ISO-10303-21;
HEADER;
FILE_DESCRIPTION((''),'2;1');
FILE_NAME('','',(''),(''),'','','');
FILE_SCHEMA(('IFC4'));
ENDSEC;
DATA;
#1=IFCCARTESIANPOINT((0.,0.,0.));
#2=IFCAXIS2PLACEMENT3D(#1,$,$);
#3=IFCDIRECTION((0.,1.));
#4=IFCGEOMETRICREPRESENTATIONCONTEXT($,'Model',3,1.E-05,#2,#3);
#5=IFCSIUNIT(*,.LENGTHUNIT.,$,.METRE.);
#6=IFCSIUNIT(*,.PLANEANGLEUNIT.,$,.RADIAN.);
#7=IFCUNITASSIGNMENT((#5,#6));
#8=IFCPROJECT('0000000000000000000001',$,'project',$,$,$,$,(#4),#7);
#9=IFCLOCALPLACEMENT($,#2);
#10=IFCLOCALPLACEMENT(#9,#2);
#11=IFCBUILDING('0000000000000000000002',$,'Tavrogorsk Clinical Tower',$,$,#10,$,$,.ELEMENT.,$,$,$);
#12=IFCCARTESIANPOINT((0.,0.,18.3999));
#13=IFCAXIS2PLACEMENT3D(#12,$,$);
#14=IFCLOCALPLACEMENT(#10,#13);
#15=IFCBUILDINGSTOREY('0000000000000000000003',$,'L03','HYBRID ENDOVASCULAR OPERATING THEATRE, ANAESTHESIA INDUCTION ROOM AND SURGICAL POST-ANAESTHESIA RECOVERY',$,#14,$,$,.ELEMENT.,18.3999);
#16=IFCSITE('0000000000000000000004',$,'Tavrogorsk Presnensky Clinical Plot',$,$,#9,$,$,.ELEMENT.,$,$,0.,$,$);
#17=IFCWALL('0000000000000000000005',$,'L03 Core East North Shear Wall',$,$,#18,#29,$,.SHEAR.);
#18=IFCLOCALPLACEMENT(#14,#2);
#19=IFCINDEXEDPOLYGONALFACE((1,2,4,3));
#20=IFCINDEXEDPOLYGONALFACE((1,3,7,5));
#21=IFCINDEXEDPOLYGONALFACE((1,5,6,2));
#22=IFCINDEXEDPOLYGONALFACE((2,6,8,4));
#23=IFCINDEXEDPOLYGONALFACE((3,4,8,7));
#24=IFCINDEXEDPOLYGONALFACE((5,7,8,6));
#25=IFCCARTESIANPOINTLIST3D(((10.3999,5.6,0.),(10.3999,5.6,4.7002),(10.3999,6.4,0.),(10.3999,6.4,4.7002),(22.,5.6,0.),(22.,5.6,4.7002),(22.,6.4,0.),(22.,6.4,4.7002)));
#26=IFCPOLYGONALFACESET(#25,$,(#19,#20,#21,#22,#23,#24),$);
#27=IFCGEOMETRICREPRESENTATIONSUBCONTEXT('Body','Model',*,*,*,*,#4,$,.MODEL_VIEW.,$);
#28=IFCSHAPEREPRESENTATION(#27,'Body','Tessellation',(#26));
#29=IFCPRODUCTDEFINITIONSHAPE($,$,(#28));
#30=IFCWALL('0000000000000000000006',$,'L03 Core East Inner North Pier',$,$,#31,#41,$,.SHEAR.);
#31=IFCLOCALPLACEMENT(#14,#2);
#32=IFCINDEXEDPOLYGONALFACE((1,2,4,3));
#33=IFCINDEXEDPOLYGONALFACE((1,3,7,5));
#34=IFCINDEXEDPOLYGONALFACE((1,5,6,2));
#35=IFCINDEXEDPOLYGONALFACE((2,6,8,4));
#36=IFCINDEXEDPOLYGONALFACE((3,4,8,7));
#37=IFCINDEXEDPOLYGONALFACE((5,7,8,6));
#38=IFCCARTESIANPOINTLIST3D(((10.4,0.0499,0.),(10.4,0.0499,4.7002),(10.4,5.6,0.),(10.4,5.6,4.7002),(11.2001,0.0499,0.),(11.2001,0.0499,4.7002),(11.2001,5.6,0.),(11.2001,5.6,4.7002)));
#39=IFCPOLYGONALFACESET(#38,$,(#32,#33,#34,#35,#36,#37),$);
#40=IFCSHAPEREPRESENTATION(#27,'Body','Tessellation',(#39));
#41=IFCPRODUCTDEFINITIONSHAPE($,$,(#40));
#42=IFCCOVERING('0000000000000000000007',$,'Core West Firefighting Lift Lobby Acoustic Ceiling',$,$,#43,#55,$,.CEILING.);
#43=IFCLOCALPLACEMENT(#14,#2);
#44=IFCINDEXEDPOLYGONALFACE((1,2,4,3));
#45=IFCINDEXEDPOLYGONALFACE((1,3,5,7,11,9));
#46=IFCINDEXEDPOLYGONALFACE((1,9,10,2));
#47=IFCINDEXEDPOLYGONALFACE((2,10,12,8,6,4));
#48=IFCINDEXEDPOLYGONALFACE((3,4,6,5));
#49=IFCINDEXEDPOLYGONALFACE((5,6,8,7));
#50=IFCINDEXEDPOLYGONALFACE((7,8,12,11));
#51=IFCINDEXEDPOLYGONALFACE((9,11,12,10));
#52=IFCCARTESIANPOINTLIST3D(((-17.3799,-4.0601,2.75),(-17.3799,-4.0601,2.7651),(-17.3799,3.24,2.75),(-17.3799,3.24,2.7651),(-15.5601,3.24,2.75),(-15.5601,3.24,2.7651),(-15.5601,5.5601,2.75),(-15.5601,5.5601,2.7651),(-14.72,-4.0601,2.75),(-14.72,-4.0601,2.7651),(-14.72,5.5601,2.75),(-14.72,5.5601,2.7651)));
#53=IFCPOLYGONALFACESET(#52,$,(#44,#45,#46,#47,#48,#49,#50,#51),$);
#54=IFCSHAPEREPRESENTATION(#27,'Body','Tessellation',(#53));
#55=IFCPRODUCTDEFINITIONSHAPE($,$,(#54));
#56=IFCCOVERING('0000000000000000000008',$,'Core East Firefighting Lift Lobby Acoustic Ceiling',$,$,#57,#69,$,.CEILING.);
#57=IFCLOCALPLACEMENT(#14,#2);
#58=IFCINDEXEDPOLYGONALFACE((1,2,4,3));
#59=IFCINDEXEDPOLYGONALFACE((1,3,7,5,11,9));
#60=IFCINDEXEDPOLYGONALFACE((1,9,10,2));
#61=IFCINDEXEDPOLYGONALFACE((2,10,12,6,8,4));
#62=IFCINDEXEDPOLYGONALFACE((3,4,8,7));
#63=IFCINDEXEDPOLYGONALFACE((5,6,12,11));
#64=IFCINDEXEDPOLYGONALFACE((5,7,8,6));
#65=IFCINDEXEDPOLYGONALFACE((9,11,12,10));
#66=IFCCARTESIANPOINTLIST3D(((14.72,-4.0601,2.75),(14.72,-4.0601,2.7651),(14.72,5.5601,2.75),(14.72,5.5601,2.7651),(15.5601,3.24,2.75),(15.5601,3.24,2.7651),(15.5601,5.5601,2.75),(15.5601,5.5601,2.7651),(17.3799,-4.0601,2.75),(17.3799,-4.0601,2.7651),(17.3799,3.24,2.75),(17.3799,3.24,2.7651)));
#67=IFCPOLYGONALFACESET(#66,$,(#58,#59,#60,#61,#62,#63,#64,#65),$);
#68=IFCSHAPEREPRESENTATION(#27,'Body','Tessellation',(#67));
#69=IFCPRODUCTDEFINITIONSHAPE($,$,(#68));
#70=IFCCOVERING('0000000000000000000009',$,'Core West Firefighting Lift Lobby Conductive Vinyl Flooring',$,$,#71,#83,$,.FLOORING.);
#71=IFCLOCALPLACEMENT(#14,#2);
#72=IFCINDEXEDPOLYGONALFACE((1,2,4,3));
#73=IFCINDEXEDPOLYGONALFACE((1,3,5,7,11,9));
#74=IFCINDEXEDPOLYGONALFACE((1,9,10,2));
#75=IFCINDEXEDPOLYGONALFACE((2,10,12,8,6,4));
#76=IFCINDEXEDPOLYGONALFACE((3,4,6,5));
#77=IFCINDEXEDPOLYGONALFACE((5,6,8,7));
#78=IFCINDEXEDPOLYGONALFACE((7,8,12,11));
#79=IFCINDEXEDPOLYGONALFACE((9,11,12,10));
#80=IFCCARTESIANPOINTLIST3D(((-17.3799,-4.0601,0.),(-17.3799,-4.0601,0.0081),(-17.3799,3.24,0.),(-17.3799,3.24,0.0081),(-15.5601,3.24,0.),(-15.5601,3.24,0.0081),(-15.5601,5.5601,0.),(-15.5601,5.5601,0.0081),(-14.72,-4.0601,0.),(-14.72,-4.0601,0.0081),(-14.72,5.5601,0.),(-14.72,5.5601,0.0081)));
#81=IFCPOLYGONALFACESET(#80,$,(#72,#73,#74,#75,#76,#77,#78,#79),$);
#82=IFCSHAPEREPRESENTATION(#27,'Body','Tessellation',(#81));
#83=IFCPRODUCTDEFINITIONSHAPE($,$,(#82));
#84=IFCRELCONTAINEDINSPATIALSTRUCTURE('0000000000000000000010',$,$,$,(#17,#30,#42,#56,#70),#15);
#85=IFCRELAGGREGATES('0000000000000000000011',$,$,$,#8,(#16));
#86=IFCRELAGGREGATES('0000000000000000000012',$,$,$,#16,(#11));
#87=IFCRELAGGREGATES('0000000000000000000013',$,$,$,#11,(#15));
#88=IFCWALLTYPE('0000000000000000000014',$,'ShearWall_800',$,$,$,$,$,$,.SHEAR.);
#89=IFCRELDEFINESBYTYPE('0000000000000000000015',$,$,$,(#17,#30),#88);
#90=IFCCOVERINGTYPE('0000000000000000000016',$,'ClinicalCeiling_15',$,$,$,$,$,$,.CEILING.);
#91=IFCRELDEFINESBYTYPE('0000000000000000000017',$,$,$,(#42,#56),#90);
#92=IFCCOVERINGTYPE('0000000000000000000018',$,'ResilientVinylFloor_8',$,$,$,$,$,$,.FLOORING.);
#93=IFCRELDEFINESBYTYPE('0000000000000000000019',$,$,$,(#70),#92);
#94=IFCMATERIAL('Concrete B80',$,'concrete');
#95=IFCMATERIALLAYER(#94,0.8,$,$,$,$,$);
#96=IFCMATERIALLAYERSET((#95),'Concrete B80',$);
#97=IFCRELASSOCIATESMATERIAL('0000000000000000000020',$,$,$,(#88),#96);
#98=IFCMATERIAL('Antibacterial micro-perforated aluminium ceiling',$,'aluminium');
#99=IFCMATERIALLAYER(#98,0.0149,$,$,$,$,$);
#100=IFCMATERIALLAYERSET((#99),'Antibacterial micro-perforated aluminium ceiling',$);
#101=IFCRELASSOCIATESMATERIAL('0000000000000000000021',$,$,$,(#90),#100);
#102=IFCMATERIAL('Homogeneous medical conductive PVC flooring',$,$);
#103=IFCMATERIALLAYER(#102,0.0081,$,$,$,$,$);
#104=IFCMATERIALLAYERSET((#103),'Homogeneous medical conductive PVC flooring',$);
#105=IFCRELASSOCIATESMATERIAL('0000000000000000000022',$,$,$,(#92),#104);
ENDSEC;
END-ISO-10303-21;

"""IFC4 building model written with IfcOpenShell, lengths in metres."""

from ifc_helpers import new_model, si_unit, direction, frame, frame_2d, origin, place, context, subcontext, project, spatial, polyline, rectangle, outline, extrude, material, layer, layer_set, type_object, element, save


model = new_model("IFC4")

# Units and contexts
model_context = context("Model", 3, precision=1e-05, world=origin(), true_north=direction((0.0, 1.0)))
body_context = subcontext(model_context, "Body", "Model", "MODEL_VIEW")
ifc_project = project(units=[si_unit("LENGTHUNIT", "METRE"), si_unit("PLANEANGLEUNIT", "RADIAN")], contexts=[model_context])

# Site, building, storey
site_placement = place(None, origin())
site = spatial("IfcSite", under=ifc_project, at=site_placement, Name="Tavrogorsk Presnensky Clinical Plot", CompositionType="ELEMENT", RefElevation=0.0)
building_placement = place(site_placement, origin())
building = spatial("IfcBuilding", under=site, at=building_placement, Name="Tavrogorsk Clinical Tower", CompositionType="ELEMENT")
storey_placement = place(building_placement, frame((0.0, 0.0, 18.3999)))
storey = spatial("IfcBuildingStorey", under=building, at=storey_placement, Name="L03", Description="HYBRID ENDOVASCULAR OPERATING THEATRE, ANAESTHESIA INDUCTION ROOM AND SURGICAL POST-ANAESTHESIA RECOVERY", CompositionType="ELEMENT", Elevation=18.3999)

# Walls
ifc_material_1 = material(Name="Concrete B80", Category="concrete")
ifc_layer_1 = layer(ifc_material_1, 0.8)
ifc_layer_set_1 = layer_set([ifc_layer_1], Name="Concrete B80")
wall_type_1 = type_object("IfcWallType", Name="ShearWall_800", PredefinedType="SHEAR", material=ifc_layer_set_1)
wall_1_placement = place(storey_placement, frame((10.3999, 6.0, 0.0), z_axis=(0.0, 0.0, 1.0), x_axis=(1.0, 0.0, 0.0)))
element("IfcWall", 1, at=wall_1_placement, inside=storey, type_object=wall_type_1, Name="L03 Core East North Shear Wall", PredefinedType="SHEAR", context=body_context, shape_type="SweptSolid", body=[
    extrude(rectangle(XDim=11.6001, YDim=0.8, at=frame_2d((5.8, 0.0))), origin(), (0.0, 0.0, 1.0), 4.7002),
])
wall_2_placement = place(storey_placement, frame((10.8, 0.05, 0.0), z_axis=(0.0, 0.0, 1.0), x_axis=(0.0, 1.0, 0.0)))
element("IfcWall", 2, at=wall_2_placement, inside=storey, type_object=wall_type_1, Name="L03 Core East Inner North Pier", PredefinedType="SHEAR", context=body_context, shape_type="SweptSolid", body=[
    extrude(rectangle(XDim=5.55, YDim=0.8, at=frame_2d((2.7749, 0.0))), origin(), (0.0, 0.0, 1.0), 4.7002),
])

# Coverings
ifc_material_2 = material(Name="Antibacterial micro-perforated aluminium ceiling", Category="aluminium")
ifc_layer_2 = layer(ifc_material_2, 0.0149)
ifc_layer_set_2 = layer_set([ifc_layer_2], Name="Antibacterial micro-perforated aluminium ceiling")
covering_type_1 = type_object("IfcCoveringType", Name="ClinicalCeiling_15", PredefinedType="CEILING", material=ifc_layer_set_2)
covering_1_placement = place(storey_placement, frame((0.0, 0.0, 2.75)))
element("IfcCovering", 3, at=covering_1_placement, inside=storey, type_object=covering_type_1, Name="Core West Firefighting Lift Lobby Acoustic Ceiling", PredefinedType="CEILING", context=body_context, shape_type="SweptSolid", body=[
    extrude(outline(polyline([(-14.72, 5.5601), (-14.72, -4.0601), (-17.3799, -4.0601), (-17.3799, 3.24), (-15.5601, 3.24), (-15.5601, 5.5601), (-14.72, 5.5601)])), origin(), (0.0, 0.0, 1.0), 0.0151),
])
covering_2_placement = place(storey_placement, frame((0.0, 0.0, 2.75)))
element("IfcCovering", 4, at=covering_2_placement, inside=storey, type_object=covering_type_1, Name="Core East Firefighting Lift Lobby Acoustic Ceiling", PredefinedType="CEILING", context=body_context, shape_type="SweptSolid", body=[
    extrude(outline(polyline([(17.3799, -4.0601), (14.72, -4.0601), (14.72, 5.5601), (15.5601, 5.5601), (15.5601, 3.24), (17.3799, 3.24), (17.3799, -4.0601)])), origin(), (0.0, 0.0, 1.0), 0.0151),
])
ifc_material_3 = material(Name="Homogeneous medical conductive PVC flooring")
ifc_layer_3 = layer(ifc_material_3, 0.0081)
ifc_layer_set_3 = layer_set([ifc_layer_3], Name="Homogeneous medical conductive PVC flooring")
covering_type_2 = type_object("IfcCoveringType", Name="ResilientVinylFloor_8", PredefinedType="FLOORING", material=ifc_layer_set_3)
covering_3_placement = place(storey_placement, origin())
element("IfcCovering", 5, at=covering_3_placement, inside=storey, type_object=covering_type_2, Name="Core West Firefighting Lift Lobby Conductive Vinyl Flooring", PredefinedType="FLOORING", context=body_context, shape_type="SweptSolid", body=[
    extrude(outline(polyline([(-14.72, 5.5601), (-14.72, -4.0601), (-17.3799, -4.0601), (-17.3799, 3.24), (-15.5601, 3.24), (-15.5601, 5.5601), (-14.72, 5.5601)])), origin(), (0.0, 0.0, 1.0), 0.0081),
])

save(model, "model.ifc")
